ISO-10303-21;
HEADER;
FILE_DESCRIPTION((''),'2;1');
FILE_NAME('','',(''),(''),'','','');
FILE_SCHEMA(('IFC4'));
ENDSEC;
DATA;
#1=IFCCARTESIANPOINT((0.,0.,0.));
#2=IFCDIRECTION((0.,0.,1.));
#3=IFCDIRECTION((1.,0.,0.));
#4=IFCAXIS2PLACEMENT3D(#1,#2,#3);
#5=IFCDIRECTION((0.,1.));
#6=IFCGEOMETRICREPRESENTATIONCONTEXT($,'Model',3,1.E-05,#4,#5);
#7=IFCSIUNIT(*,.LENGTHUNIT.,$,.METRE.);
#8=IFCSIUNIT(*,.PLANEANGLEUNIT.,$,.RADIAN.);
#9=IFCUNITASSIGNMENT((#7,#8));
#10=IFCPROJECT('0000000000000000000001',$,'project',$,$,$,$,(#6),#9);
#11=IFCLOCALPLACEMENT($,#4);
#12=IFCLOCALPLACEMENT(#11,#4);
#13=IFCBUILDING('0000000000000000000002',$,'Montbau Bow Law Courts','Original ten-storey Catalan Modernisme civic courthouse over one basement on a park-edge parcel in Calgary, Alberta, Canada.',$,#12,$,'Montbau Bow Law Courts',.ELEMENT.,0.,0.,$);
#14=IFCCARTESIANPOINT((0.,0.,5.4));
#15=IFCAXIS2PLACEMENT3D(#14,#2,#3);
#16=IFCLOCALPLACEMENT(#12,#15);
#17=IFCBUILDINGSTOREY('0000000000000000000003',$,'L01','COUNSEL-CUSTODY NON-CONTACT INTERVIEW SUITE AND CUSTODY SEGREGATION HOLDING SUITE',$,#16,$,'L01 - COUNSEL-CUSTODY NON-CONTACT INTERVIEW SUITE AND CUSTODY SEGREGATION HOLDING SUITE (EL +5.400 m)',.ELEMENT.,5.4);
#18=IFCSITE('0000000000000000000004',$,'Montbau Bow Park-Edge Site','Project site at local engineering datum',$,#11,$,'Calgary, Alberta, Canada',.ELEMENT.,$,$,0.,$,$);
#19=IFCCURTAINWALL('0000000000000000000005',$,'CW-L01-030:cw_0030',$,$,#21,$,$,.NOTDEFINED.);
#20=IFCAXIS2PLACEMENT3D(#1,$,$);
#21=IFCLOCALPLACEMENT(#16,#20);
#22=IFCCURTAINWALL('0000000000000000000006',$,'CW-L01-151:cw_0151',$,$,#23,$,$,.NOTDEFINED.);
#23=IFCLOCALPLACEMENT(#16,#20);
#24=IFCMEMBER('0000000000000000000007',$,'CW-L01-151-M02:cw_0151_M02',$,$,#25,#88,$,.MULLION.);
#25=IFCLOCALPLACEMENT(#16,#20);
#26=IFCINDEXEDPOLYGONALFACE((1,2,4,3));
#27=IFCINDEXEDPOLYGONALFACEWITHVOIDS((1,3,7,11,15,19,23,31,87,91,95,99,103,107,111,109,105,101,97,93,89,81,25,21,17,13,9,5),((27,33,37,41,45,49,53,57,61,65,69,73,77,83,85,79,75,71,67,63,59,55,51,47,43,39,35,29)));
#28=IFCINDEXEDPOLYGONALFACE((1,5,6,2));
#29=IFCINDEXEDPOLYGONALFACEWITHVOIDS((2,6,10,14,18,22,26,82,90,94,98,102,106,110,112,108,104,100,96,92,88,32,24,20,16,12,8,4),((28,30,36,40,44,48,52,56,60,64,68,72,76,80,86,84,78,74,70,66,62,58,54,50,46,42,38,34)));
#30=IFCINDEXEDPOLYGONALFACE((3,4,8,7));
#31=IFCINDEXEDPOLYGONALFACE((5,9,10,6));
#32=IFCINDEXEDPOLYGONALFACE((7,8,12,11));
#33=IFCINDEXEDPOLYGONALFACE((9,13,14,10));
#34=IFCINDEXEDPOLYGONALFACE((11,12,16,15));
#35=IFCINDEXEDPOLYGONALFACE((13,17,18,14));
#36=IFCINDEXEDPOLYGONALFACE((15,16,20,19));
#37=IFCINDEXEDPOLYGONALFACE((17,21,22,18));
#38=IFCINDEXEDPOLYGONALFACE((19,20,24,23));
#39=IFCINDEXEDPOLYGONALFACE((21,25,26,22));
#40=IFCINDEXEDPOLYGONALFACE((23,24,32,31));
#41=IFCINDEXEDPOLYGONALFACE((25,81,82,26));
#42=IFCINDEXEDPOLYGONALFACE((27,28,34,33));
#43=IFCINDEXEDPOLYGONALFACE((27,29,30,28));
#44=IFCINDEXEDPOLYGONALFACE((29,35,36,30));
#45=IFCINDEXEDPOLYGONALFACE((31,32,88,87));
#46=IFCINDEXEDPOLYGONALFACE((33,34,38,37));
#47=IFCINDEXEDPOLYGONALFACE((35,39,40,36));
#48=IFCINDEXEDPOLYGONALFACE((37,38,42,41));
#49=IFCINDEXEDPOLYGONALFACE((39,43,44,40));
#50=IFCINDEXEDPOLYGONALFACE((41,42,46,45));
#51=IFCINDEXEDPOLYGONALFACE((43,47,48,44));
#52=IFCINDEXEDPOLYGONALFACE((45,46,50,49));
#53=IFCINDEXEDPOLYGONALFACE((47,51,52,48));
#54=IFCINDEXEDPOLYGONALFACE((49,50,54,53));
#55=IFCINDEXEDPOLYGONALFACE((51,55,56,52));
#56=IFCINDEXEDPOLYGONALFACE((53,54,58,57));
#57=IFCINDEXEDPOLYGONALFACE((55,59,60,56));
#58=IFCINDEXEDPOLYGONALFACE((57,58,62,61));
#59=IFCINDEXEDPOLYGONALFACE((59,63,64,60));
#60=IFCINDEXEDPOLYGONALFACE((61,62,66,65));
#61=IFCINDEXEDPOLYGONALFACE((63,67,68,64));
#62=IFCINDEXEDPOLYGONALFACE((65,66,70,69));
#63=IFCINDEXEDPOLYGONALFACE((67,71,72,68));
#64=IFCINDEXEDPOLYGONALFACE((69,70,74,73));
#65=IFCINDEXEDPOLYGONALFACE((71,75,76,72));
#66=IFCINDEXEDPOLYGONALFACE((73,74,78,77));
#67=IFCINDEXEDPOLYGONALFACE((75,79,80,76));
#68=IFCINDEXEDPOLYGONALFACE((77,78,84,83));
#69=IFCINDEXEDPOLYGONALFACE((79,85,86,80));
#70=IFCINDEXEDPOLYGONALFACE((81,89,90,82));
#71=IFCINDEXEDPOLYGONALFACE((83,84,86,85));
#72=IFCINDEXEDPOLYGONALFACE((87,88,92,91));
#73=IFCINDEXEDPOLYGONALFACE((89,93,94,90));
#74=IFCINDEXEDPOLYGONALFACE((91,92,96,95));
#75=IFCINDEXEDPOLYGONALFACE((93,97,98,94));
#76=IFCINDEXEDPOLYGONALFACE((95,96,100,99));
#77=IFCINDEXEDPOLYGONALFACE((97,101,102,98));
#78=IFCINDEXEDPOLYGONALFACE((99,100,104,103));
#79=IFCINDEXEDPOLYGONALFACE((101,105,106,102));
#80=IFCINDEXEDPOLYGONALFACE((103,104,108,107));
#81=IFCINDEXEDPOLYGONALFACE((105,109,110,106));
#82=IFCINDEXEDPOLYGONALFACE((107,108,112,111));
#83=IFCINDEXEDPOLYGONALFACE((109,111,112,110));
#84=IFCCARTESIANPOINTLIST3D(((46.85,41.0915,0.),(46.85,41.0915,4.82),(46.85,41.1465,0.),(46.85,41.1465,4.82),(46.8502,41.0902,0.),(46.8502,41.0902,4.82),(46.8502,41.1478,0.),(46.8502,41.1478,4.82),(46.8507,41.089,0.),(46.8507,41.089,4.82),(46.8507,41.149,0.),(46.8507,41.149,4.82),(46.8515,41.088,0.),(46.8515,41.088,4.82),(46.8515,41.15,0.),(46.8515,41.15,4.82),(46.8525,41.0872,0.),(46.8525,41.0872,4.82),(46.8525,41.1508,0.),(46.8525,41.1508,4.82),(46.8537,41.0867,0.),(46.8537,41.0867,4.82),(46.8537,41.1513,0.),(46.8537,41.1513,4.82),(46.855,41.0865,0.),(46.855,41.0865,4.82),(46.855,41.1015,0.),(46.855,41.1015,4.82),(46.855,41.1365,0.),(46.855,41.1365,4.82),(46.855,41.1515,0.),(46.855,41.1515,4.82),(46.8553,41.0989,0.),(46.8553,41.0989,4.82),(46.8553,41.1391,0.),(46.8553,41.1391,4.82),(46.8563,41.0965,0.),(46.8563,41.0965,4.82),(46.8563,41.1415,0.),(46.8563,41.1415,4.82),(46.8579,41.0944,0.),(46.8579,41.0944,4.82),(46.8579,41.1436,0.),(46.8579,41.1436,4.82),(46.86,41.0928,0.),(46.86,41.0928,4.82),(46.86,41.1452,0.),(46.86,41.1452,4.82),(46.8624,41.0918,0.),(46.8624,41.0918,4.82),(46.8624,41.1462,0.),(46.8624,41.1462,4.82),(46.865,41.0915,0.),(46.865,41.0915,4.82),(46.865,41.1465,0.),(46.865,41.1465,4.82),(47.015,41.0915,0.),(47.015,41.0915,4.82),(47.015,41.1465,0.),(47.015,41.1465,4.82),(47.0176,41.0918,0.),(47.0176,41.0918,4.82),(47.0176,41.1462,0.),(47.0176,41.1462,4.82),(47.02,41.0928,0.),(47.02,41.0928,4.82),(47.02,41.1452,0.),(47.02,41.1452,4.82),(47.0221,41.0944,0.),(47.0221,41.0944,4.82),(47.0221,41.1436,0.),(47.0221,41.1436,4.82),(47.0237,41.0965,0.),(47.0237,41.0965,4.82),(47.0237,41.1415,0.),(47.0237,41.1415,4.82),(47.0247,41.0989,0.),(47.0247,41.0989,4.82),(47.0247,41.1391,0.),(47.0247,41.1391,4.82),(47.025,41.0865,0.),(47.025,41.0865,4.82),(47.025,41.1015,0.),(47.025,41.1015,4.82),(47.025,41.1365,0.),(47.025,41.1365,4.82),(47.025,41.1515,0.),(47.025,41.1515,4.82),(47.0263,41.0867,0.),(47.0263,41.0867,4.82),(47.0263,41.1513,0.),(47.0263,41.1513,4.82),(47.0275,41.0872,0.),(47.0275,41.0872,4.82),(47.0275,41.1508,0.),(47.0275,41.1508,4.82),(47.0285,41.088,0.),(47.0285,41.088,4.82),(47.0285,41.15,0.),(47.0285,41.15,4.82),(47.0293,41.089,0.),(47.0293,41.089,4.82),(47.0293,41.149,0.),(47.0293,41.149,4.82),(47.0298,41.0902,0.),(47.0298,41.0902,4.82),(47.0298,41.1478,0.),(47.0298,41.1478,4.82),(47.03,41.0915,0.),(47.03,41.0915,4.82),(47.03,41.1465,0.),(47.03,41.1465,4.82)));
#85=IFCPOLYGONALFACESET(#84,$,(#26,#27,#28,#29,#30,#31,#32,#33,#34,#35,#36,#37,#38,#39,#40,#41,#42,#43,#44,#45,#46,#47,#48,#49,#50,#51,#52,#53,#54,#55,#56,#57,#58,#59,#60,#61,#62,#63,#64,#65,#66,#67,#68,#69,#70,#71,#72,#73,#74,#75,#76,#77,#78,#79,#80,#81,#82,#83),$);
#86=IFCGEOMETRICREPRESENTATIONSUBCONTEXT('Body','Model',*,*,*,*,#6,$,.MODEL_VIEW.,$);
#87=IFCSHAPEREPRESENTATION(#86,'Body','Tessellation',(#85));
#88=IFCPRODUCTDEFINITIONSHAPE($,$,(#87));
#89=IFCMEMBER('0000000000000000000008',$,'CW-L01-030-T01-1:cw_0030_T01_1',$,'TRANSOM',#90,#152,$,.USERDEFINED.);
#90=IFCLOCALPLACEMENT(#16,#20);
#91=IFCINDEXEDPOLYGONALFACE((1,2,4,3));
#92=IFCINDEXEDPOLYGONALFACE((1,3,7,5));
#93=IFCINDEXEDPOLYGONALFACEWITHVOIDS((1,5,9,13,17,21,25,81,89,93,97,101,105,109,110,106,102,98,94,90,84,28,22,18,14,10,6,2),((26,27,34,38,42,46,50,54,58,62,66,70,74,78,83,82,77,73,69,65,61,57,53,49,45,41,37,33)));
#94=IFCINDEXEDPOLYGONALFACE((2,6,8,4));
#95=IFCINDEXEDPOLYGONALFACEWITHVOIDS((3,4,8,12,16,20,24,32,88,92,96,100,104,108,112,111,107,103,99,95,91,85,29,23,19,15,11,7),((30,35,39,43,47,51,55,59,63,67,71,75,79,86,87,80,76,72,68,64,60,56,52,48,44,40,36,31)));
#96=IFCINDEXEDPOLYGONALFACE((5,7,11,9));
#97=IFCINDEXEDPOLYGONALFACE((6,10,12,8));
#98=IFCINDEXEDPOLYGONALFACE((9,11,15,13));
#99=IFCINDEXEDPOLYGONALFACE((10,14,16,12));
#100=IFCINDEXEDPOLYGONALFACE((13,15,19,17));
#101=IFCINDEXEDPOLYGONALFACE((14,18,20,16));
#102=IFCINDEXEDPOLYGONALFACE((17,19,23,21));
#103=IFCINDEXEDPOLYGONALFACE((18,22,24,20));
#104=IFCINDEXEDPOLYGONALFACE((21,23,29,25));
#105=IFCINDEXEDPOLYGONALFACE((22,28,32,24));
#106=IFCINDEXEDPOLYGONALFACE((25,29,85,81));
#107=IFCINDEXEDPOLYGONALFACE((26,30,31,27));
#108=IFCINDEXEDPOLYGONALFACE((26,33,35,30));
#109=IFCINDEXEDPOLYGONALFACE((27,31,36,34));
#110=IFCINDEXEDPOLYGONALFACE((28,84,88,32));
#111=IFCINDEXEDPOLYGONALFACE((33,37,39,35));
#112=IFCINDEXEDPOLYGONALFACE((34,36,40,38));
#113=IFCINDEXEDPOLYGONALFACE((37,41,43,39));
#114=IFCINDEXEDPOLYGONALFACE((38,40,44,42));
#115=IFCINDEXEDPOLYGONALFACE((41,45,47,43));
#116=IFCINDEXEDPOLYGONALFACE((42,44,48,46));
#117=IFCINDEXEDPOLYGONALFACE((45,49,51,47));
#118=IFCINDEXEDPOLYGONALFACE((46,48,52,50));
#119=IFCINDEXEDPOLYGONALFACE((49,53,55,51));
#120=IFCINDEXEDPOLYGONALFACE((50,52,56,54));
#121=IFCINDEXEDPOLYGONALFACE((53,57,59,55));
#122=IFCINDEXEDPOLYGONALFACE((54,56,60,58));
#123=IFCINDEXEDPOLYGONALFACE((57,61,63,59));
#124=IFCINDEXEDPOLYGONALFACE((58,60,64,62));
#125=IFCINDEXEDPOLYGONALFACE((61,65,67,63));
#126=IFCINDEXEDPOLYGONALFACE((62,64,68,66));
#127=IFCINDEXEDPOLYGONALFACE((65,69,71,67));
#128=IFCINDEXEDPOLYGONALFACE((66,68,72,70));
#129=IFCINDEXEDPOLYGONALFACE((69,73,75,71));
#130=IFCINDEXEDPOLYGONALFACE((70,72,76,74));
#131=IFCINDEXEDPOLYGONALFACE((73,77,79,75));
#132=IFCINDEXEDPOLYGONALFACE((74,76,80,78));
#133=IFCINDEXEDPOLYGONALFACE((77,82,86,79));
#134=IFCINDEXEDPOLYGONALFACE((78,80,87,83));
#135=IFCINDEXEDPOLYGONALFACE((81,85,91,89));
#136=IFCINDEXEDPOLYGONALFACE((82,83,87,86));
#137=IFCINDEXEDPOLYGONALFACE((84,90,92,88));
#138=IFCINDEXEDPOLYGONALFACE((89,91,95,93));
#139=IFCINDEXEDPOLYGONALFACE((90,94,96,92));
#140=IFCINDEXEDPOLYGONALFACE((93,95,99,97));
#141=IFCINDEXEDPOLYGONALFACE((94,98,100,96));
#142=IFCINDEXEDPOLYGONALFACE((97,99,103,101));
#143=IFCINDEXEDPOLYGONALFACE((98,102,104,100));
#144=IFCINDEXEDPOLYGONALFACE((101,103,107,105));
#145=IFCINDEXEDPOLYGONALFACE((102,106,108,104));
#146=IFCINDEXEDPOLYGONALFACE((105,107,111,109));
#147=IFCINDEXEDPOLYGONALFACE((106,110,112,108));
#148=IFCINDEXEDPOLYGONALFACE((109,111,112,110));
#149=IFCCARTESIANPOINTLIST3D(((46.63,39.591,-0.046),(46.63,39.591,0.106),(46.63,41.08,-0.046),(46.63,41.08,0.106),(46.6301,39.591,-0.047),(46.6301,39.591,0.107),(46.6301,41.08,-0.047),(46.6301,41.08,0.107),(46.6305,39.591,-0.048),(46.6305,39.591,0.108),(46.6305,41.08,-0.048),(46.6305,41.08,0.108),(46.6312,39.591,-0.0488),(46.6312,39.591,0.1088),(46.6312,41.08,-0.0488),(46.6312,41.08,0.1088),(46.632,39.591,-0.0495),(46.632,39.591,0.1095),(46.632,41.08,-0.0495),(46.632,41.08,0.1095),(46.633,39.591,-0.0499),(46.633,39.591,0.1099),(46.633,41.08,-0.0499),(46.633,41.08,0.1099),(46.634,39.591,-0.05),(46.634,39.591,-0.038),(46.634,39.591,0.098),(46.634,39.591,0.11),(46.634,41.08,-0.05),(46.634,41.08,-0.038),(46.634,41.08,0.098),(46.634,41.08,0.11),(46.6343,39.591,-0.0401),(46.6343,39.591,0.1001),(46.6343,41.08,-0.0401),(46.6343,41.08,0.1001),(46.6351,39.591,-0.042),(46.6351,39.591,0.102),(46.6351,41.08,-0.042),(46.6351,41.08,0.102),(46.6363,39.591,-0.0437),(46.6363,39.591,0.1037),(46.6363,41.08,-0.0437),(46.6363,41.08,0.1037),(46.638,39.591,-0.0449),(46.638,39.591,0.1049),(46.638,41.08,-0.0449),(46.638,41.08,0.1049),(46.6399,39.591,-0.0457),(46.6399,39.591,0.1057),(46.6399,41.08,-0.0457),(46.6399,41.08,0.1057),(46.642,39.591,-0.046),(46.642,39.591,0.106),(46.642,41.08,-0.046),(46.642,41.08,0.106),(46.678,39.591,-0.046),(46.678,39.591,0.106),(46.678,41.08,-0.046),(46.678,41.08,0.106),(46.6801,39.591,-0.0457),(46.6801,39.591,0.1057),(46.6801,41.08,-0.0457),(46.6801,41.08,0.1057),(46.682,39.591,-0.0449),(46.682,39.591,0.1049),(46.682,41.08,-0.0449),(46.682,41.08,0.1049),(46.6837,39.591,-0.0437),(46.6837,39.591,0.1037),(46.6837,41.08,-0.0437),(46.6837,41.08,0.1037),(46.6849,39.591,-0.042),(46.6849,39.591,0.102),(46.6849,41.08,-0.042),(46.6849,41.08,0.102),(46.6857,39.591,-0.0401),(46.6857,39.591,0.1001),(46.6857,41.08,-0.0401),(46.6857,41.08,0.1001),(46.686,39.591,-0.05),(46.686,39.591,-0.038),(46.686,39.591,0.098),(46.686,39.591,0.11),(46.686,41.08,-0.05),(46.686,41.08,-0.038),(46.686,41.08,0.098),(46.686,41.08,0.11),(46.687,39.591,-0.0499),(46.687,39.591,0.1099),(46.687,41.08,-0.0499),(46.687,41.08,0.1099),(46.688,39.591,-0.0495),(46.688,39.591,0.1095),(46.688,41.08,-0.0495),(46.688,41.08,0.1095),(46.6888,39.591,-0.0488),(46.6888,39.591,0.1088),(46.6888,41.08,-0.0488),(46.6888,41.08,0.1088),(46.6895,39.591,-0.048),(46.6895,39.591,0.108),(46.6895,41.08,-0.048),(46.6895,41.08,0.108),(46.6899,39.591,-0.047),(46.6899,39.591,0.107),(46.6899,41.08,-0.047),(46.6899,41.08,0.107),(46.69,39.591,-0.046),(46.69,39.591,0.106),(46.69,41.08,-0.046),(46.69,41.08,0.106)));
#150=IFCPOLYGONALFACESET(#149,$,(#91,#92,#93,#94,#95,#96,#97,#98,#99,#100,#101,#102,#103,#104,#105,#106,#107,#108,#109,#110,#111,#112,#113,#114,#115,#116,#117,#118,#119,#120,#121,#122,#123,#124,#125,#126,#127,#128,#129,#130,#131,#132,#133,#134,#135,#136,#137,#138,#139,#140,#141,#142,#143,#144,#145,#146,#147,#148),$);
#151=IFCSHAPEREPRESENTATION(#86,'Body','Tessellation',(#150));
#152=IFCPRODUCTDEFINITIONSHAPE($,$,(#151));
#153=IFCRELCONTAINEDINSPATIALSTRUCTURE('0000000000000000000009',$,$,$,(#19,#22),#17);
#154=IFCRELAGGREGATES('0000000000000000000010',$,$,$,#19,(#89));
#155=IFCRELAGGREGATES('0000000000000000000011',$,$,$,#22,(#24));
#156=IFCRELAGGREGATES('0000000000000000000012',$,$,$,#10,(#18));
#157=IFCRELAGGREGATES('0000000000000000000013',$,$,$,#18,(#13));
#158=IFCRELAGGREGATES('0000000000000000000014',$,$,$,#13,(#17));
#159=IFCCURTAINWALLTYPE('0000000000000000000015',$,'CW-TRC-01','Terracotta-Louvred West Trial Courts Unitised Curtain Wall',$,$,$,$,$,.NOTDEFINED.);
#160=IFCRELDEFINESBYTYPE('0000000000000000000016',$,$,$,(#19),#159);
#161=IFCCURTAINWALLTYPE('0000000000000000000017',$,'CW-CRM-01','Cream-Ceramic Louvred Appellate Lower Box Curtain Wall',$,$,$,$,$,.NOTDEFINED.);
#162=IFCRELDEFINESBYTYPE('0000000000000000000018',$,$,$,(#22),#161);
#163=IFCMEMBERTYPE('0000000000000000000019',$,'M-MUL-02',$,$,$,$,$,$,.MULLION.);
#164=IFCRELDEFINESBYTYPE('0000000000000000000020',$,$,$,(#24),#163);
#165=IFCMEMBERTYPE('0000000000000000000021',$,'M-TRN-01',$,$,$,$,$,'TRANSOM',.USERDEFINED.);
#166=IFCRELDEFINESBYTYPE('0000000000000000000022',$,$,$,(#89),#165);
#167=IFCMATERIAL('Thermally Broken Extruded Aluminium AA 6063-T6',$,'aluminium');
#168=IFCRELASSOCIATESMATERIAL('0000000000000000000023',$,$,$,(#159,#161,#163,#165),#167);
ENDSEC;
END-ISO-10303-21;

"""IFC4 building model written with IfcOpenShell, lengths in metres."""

from ifc_helpers import new_model, si_unit, direction, frame, origin_with_axes, origin_2d_with_axis, place, context, subcontext, project, spatial, hollow_rectangle, extrude, material, material_profile, profile_set, type_object, element, aggregate, save


model = new_model("IFC4")

# Units and contexts
model_context = context("Model", 3, precision=1e-05, world=origin_with_axes(), true_north=direction((0.0, 1.0)))
body_context = subcontext(model_context, "Body", "Model", "MODEL_VIEW")
ifc_project = project(units=[si_unit("LENGTHUNIT", "METRE"), si_unit("PLANEANGLEUNIT", "RADIAN")], contexts=[model_context])

# Site, building, storey
site_placement = place(None, origin_with_axes())
site = spatial("IfcSite", under=ifc_project, at=site_placement, Name="Montbau Bow Park-Edge Site", Description="Project site at local engineering datum", LongName="Calgary, Alberta, Canada", CompositionType="ELEMENT", RefElevation=0.0)
building_placement = place(site_placement, origin_with_axes())
building = spatial("IfcBuilding", under=site, at=building_placement, Name="Montbau Bow Law Courts", Description="Original ten-storey Catalan Modernisme civic courthouse over one basement on a park-edge parcel in Calgary, Alberta, Canada.", LongName="Montbau Bow Law Courts", CompositionType="ELEMENT", ElevationOfRefHeight=0.0, ElevationOfTerrain=0.0)
storey_placement = place(building_placement, frame((0.0, 0.0, 5.4), z_axis=(0.0, 0.0, 1.0), x_axis=(1.0, 0.0, 0.0)))
storey = spatial("IfcBuildingStorey", under=building, at=storey_placement, Name="L01", Description="COUNSEL-CUSTODY NON-CONTACT INTERVIEW SUITE AND CUSTODY SEGREGATION HOLDING SUITE", LongName="L01 - COUNSEL-CUSTODY NON-CONTACT INTERVIEW SUITE AND CUSTODY SEGREGATION HOLDING SUITE (EL +5.400 m)", CompositionType="ELEMENT", Elevation=5.4)

# Curtain walls, member
ifc_material_1 = material(Name="Thermally Broken Extruded Aluminium AA 6063-T6", Category="aluminium")
curtain_wall_type_1 = type_object("IfcCurtainWallType", Name="CW-TRC-01", Description="Terracotta-Louvred West Trial Courts Unitised Curtain Wall", PredefinedType="NOTDEFINED", material=ifc_material_1)
curtain_wall_1_placement = place(None, frame((46.66, 39.515, 5.4), z_axis=(0.0, 0.0, 1.0), x_axis=(1.0, 0.0, 0.0)))
curtain_wall_1 = element("IfcCurtainWall", 1, at=curtain_wall_1_placement, inside=storey, type_object=curtain_wall_type_1, Name="CW-L01-030:cw_0030", PredefinedType="NOTDEFINED")
curtain_wall_type_2 = type_object("IfcCurtainWallType", Name="CW-CRM-01", Description="Cream-Ceramic Louvred Appellate Lower Box Curtain Wall", PredefinedType="NOTDEFINED", material=ifc_material_1)
ifc_material_profile_1 = material_profile(ifc_material_1, hollow_rectangle(XDim=0.065, YDim=0.18, WallThickness=0.005, InnerFilletRadius=0.01, OuterFilletRadius=0.005, at=origin_2d_with_axis()), Name="CWM-180X65", Category="Main", Priority=0)
ifc_profile_set_1 = profile_set([ifc_material_profile_1], Name="Thermally Broken Extruded Aluminium AA 6063-T6")
member_type_1 = type_object("IfcMemberType", Name="M-MUL-02", PredefinedType="MULLION", material=ifc_profile_set_1)
curtain_wall_2_placement = place(None, frame((46.94, 39.515, 5.4), z_axis=(0.0, 0.0, 1.0), x_axis=(1.0, 0.0, 0.0)))
curtain_wall_2 = element("IfcCurtainWall", 2, at=curtain_wall_2_placement, inside=storey, type_object=curtain_wall_type_2, Name="CW-L01-151:cw_0151", PredefinedType="NOTDEFINED")
member_1_placement = place(None, frame((46.94, 41.119, 5.4), z_axis=(0.0, 0.0, 1.0), x_axis=(0.0, 1.0, 0.0)))
member_1 = element("IfcMember", 3, at=member_1_placement, type_object=member_type_1, Name="CW-L01-151-M02:cw_0151_M02", PredefinedType="MULLION", context=body_context, shape_type="SweptSolid", body=[
    extrude(hollow_rectangle(XDim=0.065, YDim=0.18, WallThickness=0.005, InnerFilletRadius=0.01, OuterFilletRadius=0.005, at=origin_2d_with_axis()), origin_with_axes(), (0.0, 0.0, 1.0), 4.82),
])

# Member
ifc_material_profile_2 = material_profile(ifc_material_1, hollow_rectangle(XDim=0.06, YDim=0.16, WallThickness=0.004, InnerFilletRadius=0.008, OuterFilletRadius=0.004, at=origin_2d_with_axis()), Name="CWT-160X60", Category="Main", Priority=0)
ifc_profile_set_2 = profile_set([ifc_material_profile_2], Name="Thermally Broken Extruded Aluminium AA 6063-T6")
member_type_2 = type_object("IfcMemberType", Name="M-TRN-01", ElementType="TRANSOM", PredefinedType="USERDEFINED", material=ifc_profile_set_2)
member_2_placement = place(None, frame((46.66, 39.591, 5.43), z_axis=(0.0, 1.0, 0.0), x_axis=(-1.0, 0.0, 0.0)))
member_2 = element("IfcMember", 4, at=member_2_placement, type_object=member_type_2, Name="CW-L01-030-T01-1:cw_0030_T01_1", ObjectType="TRANSOM", PredefinedType="USERDEFINED", context=body_context, shape_type="SweptSolid", body=[
    extrude(hollow_rectangle(XDim=0.06, YDim=0.16, WallThickness=0.004, InnerFilletRadius=0.008, OuterFilletRadius=0.004, at=origin_2d_with_axis()), origin_with_axes(), (0.0, 0.0, 1.0), 1.489),
])
aggregate(curtain_wall_1, [member_2])
aggregate(curtain_wall_2, [member_1])

save(model, "model.ifc")
